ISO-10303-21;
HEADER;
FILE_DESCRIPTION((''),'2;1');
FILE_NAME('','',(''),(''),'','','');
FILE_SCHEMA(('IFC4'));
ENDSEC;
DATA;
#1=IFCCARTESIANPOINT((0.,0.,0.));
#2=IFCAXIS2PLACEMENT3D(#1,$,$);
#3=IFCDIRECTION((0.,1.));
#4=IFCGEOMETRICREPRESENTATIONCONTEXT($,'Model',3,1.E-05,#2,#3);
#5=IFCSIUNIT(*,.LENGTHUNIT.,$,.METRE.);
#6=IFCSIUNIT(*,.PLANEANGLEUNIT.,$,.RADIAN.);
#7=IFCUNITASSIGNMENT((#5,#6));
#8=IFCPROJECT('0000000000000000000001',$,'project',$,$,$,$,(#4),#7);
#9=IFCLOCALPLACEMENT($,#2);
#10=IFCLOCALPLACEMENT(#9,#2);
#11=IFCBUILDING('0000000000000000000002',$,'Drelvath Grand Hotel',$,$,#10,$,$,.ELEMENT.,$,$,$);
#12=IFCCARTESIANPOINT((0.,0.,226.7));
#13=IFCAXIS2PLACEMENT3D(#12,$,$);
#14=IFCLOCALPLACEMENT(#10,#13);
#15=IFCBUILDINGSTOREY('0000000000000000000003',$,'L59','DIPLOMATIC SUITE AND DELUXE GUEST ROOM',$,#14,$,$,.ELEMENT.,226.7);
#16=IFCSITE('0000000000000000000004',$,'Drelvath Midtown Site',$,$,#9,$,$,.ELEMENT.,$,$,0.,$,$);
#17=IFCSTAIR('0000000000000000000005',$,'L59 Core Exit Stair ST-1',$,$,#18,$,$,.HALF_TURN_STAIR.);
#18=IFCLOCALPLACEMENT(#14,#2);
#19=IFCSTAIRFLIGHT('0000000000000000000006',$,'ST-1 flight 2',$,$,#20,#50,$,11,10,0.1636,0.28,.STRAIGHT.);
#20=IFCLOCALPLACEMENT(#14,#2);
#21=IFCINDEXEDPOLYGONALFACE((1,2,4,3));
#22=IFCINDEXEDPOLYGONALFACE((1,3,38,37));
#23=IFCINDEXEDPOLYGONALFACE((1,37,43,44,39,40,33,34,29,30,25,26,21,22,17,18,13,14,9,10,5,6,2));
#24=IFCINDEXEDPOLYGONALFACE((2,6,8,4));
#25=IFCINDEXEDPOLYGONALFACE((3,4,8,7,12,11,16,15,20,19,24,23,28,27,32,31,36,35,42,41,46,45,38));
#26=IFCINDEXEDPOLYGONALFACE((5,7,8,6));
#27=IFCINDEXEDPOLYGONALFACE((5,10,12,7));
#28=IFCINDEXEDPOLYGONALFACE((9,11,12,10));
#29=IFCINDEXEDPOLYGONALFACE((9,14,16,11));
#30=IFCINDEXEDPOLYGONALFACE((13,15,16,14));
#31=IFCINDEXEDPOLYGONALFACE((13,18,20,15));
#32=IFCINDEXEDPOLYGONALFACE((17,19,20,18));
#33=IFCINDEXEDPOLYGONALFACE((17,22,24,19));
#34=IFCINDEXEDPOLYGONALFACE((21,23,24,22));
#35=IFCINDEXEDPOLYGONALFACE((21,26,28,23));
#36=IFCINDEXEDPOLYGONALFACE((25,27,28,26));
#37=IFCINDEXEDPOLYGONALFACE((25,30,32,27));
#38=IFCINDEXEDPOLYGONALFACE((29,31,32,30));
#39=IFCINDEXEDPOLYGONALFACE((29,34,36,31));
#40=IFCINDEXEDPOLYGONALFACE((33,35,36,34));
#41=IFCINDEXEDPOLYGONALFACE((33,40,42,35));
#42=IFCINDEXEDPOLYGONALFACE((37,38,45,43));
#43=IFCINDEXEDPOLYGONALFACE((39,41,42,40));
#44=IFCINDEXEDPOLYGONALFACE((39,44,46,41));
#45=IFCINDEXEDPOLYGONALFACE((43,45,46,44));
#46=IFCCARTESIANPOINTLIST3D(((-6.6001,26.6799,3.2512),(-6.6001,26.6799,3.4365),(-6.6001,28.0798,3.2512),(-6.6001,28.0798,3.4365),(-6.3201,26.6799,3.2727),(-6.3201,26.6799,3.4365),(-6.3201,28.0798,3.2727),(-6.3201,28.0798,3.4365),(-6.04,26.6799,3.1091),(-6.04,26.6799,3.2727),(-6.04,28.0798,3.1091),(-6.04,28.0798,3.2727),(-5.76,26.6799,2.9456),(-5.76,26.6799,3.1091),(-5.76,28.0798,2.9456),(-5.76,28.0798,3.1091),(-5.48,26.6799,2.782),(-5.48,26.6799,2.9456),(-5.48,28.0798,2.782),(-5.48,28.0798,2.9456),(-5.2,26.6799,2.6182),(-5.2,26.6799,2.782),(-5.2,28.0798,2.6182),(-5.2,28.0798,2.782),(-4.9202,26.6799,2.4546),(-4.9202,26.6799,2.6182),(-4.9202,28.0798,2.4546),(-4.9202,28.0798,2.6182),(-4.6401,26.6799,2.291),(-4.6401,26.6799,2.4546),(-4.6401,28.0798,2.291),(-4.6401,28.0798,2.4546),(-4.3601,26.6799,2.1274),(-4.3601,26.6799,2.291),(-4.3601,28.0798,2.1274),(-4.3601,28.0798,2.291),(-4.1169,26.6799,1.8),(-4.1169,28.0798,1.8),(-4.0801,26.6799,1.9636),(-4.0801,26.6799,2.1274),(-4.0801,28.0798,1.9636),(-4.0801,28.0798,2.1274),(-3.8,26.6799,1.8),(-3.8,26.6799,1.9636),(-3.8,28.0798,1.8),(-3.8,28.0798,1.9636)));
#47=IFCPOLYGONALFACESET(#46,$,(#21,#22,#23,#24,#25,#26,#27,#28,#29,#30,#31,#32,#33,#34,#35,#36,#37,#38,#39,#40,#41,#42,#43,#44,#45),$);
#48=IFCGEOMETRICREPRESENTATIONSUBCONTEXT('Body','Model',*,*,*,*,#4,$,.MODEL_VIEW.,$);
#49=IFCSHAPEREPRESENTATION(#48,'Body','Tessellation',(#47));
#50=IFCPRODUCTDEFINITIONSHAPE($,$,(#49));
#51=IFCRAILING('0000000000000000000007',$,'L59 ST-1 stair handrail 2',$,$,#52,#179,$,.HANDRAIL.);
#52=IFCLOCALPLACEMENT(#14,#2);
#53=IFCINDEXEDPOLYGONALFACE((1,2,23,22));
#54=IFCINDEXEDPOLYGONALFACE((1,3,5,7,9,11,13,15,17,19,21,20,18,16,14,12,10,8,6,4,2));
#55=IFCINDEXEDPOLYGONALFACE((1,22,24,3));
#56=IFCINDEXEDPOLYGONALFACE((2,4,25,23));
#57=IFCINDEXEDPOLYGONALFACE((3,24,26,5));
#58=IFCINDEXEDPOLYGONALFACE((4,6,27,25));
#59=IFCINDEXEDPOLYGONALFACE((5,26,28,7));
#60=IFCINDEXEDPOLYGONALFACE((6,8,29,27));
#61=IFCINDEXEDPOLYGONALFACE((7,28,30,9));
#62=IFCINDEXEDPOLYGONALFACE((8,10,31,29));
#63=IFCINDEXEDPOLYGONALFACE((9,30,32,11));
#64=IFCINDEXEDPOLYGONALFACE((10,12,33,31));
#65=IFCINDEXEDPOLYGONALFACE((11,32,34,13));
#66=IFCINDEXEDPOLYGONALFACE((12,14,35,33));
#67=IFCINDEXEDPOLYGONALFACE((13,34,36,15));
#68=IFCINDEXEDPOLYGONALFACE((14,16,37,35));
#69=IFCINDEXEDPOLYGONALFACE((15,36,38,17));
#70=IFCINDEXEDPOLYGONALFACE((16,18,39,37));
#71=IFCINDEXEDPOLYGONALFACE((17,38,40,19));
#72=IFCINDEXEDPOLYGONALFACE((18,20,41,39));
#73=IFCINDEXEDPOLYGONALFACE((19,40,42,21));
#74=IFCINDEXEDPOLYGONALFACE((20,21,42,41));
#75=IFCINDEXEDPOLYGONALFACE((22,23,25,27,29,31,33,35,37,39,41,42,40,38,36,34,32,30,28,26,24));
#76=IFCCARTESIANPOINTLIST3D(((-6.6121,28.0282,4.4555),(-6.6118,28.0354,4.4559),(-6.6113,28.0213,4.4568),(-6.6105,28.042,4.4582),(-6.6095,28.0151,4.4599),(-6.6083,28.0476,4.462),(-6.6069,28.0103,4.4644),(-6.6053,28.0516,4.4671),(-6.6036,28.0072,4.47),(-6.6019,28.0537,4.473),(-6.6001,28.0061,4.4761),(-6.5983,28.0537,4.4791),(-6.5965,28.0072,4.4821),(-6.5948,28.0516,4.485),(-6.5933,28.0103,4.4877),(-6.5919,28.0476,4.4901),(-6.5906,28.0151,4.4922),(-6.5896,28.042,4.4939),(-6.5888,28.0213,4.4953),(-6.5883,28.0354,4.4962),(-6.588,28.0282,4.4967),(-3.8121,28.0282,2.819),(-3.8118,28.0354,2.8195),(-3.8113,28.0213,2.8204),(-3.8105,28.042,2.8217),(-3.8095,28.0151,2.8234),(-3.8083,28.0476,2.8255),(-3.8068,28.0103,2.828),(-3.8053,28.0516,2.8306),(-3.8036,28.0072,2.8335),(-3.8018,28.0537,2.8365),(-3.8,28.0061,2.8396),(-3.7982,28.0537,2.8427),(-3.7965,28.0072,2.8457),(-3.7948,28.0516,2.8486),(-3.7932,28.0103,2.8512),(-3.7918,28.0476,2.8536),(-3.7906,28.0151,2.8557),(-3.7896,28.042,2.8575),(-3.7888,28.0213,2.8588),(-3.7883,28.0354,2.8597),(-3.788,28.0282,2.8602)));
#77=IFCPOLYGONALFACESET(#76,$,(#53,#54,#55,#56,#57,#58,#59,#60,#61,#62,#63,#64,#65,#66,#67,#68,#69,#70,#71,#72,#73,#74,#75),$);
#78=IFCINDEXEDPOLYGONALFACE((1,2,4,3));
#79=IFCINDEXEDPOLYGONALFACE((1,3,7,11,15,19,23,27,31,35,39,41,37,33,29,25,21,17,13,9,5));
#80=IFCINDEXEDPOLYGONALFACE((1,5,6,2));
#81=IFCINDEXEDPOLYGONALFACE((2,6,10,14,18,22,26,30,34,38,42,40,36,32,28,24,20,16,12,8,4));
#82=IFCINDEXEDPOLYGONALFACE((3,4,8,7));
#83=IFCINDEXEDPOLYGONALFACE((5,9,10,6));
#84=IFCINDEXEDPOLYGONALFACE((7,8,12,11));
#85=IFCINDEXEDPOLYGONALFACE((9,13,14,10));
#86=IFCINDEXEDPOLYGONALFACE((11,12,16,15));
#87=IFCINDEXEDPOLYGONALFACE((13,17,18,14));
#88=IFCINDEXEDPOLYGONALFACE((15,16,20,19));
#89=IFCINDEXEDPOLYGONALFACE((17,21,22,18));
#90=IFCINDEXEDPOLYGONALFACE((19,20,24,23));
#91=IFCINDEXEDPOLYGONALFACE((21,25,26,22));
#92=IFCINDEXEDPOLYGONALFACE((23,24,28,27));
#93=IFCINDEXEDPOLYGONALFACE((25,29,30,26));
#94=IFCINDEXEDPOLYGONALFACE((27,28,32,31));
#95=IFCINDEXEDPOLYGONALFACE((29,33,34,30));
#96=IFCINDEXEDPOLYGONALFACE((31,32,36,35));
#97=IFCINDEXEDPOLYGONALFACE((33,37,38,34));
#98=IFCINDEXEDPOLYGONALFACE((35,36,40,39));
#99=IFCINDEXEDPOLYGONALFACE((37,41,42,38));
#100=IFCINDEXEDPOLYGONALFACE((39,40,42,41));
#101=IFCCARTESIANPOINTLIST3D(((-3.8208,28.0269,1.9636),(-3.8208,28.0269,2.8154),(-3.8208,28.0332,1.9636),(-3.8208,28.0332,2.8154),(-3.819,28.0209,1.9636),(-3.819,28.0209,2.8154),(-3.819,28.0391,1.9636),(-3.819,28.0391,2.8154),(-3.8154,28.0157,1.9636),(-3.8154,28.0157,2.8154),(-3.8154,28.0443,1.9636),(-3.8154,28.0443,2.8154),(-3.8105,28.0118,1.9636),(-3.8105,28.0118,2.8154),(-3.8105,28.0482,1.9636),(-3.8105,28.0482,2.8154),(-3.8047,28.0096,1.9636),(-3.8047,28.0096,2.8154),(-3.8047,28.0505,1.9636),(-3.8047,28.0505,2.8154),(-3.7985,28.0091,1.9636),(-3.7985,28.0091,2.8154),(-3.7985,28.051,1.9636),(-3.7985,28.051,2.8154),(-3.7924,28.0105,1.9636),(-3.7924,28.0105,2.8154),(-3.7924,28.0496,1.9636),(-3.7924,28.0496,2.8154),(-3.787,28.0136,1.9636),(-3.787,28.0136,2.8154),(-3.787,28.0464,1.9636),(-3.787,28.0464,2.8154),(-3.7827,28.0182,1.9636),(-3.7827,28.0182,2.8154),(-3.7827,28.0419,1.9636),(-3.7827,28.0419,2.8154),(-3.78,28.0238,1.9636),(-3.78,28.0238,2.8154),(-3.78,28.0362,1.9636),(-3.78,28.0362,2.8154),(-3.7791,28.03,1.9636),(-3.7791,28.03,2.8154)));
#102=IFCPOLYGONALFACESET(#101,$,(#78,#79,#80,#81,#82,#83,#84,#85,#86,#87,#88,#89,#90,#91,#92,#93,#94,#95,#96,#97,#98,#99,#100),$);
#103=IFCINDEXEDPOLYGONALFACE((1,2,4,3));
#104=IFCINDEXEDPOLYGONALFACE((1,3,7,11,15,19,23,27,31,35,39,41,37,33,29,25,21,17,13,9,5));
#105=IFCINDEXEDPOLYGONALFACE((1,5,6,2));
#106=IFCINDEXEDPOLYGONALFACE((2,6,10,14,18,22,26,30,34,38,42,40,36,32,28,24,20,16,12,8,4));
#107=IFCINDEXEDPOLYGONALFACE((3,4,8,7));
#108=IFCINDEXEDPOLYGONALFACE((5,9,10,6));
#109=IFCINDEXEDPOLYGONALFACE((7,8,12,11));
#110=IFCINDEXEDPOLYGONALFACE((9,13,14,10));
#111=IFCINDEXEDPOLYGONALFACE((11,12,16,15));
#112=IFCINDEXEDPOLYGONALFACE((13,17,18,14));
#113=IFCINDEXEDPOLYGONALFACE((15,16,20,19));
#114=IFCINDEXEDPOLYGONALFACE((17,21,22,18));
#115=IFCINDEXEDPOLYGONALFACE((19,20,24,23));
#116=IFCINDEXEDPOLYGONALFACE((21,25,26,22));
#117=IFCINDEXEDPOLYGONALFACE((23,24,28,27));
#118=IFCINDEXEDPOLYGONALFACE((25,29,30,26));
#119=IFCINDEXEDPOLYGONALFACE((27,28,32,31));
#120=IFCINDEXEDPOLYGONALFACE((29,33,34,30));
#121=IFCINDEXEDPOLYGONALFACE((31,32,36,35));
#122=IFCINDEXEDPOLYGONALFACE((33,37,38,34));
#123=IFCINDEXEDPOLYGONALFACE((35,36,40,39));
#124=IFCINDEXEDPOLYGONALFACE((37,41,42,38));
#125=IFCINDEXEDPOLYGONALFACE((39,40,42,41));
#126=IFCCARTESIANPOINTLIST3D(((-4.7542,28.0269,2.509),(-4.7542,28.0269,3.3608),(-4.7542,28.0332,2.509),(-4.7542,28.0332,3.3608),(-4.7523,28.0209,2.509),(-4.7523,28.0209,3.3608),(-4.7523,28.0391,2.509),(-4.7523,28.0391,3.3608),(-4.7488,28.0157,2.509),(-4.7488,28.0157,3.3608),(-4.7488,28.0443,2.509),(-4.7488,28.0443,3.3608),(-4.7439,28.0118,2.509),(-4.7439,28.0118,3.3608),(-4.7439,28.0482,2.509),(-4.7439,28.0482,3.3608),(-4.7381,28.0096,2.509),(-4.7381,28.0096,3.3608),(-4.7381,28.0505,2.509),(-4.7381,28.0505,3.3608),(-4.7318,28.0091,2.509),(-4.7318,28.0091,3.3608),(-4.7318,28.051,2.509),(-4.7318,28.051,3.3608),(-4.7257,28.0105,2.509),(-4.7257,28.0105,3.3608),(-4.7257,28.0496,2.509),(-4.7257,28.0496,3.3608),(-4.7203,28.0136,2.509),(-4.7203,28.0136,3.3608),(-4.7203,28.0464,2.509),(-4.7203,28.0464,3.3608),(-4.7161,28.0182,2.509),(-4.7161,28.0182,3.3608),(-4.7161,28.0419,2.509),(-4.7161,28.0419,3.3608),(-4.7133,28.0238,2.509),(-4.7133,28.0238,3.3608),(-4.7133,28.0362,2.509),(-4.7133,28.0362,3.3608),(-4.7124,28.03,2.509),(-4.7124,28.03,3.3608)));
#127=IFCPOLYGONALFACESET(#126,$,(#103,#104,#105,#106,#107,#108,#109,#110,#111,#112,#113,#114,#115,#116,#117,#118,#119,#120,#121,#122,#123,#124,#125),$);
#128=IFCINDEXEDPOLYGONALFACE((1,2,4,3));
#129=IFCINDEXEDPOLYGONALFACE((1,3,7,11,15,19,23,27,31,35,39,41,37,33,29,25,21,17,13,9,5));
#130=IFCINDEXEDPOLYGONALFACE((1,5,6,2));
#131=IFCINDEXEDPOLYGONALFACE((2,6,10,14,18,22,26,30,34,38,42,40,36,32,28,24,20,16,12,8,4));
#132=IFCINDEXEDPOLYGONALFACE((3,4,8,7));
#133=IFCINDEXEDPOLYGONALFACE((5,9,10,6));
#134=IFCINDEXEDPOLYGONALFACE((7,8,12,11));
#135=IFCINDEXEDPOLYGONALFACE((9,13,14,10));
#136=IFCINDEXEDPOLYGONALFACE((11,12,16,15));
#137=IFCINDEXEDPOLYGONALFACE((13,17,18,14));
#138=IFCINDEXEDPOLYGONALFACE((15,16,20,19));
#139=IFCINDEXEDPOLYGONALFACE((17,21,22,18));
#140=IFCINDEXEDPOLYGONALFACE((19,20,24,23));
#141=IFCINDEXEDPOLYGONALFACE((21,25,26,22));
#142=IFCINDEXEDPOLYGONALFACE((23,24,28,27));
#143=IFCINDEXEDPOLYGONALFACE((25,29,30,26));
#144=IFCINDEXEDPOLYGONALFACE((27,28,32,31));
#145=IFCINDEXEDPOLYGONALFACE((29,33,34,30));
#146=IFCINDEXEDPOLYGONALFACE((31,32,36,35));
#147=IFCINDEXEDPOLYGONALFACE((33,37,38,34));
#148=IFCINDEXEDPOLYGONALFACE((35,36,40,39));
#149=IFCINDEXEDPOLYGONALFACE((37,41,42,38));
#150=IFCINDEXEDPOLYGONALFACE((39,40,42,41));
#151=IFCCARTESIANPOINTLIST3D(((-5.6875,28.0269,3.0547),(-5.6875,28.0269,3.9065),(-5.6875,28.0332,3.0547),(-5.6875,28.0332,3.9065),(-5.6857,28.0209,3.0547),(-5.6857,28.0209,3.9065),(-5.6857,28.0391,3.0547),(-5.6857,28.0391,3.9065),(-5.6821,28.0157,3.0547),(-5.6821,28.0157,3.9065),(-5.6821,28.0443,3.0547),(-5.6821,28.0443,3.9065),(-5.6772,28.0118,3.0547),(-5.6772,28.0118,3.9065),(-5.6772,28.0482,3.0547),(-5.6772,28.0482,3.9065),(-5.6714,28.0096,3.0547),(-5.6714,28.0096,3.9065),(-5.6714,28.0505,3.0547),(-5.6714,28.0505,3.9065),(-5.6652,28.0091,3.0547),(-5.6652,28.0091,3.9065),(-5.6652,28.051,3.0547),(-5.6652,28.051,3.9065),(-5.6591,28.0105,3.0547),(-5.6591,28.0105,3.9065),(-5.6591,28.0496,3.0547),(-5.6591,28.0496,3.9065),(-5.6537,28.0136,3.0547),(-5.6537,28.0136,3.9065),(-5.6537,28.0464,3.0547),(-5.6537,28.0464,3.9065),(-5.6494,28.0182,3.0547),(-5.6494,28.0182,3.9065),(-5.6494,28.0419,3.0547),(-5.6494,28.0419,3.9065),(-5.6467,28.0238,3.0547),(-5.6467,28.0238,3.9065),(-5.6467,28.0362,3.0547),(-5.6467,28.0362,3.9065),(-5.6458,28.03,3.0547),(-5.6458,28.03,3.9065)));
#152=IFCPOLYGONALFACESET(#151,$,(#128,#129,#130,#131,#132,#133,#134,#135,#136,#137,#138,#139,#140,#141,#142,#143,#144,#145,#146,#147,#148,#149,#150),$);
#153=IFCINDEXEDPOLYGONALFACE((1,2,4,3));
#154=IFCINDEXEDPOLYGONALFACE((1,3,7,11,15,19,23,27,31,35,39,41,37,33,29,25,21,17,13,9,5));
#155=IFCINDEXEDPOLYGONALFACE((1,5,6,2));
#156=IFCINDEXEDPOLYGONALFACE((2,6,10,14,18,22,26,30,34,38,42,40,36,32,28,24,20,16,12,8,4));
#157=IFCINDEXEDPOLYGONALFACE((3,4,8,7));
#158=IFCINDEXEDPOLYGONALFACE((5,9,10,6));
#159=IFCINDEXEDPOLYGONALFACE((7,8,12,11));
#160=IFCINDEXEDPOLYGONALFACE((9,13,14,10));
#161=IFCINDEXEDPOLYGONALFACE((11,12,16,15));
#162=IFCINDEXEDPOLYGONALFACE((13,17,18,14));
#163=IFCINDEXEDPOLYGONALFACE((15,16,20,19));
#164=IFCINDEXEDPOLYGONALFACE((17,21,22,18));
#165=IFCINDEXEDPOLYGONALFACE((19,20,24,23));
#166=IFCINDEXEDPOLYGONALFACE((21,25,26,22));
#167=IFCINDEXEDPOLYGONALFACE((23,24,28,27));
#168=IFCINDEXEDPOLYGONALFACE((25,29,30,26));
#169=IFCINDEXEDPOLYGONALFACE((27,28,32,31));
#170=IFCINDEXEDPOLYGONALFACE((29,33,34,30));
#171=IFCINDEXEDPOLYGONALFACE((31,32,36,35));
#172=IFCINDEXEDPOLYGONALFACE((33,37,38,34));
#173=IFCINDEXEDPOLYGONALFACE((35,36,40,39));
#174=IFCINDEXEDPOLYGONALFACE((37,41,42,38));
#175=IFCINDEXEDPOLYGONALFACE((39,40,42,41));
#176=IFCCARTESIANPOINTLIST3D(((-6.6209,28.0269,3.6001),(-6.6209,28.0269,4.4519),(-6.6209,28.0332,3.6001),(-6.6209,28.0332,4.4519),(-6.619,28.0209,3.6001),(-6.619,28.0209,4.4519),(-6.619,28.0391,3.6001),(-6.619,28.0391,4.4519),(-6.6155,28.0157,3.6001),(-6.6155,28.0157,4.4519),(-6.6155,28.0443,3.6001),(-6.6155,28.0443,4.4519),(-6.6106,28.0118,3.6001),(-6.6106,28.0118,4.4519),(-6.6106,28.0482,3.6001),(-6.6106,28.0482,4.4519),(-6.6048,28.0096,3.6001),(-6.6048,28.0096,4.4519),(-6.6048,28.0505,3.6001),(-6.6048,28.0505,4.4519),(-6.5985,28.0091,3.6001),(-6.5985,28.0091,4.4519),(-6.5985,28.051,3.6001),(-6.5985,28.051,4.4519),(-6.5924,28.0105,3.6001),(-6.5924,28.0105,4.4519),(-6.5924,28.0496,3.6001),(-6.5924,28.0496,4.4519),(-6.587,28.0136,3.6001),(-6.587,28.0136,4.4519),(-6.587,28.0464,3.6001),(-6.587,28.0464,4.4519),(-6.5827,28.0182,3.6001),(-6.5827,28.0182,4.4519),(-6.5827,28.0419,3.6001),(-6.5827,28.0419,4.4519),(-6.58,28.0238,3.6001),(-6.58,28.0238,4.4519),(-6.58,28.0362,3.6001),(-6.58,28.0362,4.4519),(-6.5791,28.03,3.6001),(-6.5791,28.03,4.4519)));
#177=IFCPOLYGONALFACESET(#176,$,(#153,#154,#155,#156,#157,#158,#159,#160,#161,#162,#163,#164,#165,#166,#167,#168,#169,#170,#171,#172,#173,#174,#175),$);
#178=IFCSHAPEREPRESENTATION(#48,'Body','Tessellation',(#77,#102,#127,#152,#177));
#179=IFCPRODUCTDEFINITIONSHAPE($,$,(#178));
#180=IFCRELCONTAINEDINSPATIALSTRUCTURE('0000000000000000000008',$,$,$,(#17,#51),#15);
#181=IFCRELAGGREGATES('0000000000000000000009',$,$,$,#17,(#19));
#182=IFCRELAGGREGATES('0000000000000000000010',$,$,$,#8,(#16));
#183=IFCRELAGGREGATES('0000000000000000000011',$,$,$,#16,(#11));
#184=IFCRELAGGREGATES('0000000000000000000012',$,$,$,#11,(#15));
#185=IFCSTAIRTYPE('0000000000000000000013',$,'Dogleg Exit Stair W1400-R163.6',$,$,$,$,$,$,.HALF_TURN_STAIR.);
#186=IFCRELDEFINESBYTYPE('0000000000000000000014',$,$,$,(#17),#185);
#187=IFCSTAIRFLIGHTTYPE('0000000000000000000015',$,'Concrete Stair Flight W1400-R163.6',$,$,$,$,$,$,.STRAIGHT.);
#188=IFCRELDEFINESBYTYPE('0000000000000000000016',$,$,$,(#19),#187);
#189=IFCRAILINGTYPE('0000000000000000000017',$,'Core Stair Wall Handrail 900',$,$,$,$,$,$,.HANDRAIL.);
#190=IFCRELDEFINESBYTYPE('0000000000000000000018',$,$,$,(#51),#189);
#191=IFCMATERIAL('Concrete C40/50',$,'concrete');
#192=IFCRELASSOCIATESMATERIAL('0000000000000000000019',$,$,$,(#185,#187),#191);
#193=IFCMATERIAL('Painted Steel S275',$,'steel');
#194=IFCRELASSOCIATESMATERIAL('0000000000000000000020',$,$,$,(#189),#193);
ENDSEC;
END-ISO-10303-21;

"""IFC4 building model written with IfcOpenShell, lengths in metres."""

from ifc_helpers import new_model, si_unit, direction, frame, origin, origin_2d, place, context, subcontext, project, spatial, polyline, circle, outline, extrude, material, type_object, element, aggregate, save


model = new_model("IFC4")

# Units and contexts
model_context = context("Model", 3, precision=1e-05, world=origin(), true_north=direction((0.0, 1.0)))
body_context = subcontext(model_context, "Body", "Model", "MODEL_VIEW")
ifc_project = project(units=[si_unit("LENGTHUNIT", "METRE"), si_unit("PLANEANGLEUNIT", "RADIAN")], contexts=[model_context])

# Site, building, storey
site_placement = place(None, origin())
site = spatial("IfcSite", under=ifc_project, at=site_placement, Name="Drelvath Midtown Site", CompositionType="ELEMENT", RefElevation=0.0)
building_placement = place(site_placement, origin())
building = spatial("IfcBuilding", under=site, at=building_placement, Name="Drelvath Grand Hotel", CompositionType="ELEMENT")
storey_placement = place(building_placement, frame((0.0, 0.0, 226.7)))
storey = spatial("IfcBuildingStorey", under=building, at=storey_placement, Name="L59", Description="DIPLOMATIC SUITE AND DELUXE GUEST ROOM", CompositionType="ELEMENT", Elevation=226.7)

# Shared definitions
ifc_material_1 = material(Name="Painted Steel S275", Category="steel")

# Shared definitions
ifc_material_2 = material(Name="Concrete C40/50", Category="concrete")

# Stair, stair flight
stair_type = type_object("IfcStairType", Name="Dogleg Exit Stair W1400-R163.6", PredefinedType="HALF_TURN_STAIR", material=ifc_material_2)
stair_placement = place(storey_placement, origin())
stair = element("IfcStair", 1, at=stair_placement, inside=storey, type_object=stair_type, Name="L59 Core Exit Stair ST-1", PredefinedType="HALF_TURN_STAIR")
stair_flight_type = type_object("IfcStairFlightType", Name="Concrete Stair Flight W1400-R163.6", PredefinedType="STRAIGHT", material=ifc_material_2)
stair_flight_placement = place(storey_placement, frame((-3.8, 27.3799, 1.8), z_axis=(0.0, 0.0, 1.0), x_axis=(-1.0, 0.0, 0.0)))
stair_flight = element("IfcStairFlight", 2, at=stair_flight_placement, type_object=stair_flight_type, Name="ST-1 flight 2", NumberOfRisers=11, NumberOfTreads=10, PredefinedType="STRAIGHT", RiserHeight=0.1636, TreadLength=0.28, context=body_context, shape_type="SweptSolid", body=[
    extrude(outline(polyline([(0.0, 0.0), (0.0, 0.1636), (0.28, 0.1636), (0.28, 0.3274), (0.5601, 0.3274), (0.5601, 0.491), (0.8401, 0.491), (0.8401, 0.6545), (1.1201, 0.6545), (1.1201, 0.8181), (1.3999, 0.8181), (1.3999, 0.9819), (1.6799, 0.9819), (1.6799, 1.1455), (1.96, 1.1455), (1.96, 1.3091), (2.24, 1.3091), (2.24, 1.4727), (2.52, 1.4727), (2.52, 1.6365), (2.8, 1.6365), (2.8, 1.8), (2.8, 1.4512), (0.3169, 0.0), (0.0, 0.0)])), frame((0.0, 0.7, 0.0), z_axis=(0.0, -1.0, 0.0), x_axis=(1.0, 0.0, 0.0)), (0.0, 0.0, 1.0), 1.3999),
])
aggregate(stair, [stair_flight])

# Railing
railing_type = type_object("IfcRailingType", Name="Core Stair Wall Handrail 900", PredefinedType="HANDRAIL", material=ifc_material_1)
railing_placement = place(storey_placement, frame((-3.8, 28.03, 1.9636)))
element("IfcRailing", 3, at=railing_placement, inside=storey, type_object=railing_type, Name="L59 ST-1 stair handrail 2", PredefinedType="HANDRAIL", context=body_context, shape_type="SweptSolid", body=[
    extrude(circle(Radius=0.0239, at=origin_2d()), frame((0.0, 0.0, 0.876), z_axis=(-0.863361, 0.0, 0.504587), x_axis=(0.0, -1.0, 0.0)), (0.0, 0.0, 1.0), 3.2432),
    extrude(circle(Radius=0.021, at=origin_2d()), origin(), (0.0, 0.0, 1.0), 0.8518),
    extrude(circle(Radius=0.021, at=origin_2d()), frame((-0.9333, 0.0, 0.5454)), (0.0, 0.0, 1.0), 0.8518),
    extrude(circle(Radius=0.021, at=origin_2d()), frame((-1.8667, 0.0, 1.0911)), (0.0, 0.0, 1.0), 0.8518),
    extrude(circle(Radius=0.021, at=origin_2d()), frame((-2.8, 0.0, 1.6365)), (0.0, 0.0, 1.0), 0.8518),
])

save(model, "model.ifc")
